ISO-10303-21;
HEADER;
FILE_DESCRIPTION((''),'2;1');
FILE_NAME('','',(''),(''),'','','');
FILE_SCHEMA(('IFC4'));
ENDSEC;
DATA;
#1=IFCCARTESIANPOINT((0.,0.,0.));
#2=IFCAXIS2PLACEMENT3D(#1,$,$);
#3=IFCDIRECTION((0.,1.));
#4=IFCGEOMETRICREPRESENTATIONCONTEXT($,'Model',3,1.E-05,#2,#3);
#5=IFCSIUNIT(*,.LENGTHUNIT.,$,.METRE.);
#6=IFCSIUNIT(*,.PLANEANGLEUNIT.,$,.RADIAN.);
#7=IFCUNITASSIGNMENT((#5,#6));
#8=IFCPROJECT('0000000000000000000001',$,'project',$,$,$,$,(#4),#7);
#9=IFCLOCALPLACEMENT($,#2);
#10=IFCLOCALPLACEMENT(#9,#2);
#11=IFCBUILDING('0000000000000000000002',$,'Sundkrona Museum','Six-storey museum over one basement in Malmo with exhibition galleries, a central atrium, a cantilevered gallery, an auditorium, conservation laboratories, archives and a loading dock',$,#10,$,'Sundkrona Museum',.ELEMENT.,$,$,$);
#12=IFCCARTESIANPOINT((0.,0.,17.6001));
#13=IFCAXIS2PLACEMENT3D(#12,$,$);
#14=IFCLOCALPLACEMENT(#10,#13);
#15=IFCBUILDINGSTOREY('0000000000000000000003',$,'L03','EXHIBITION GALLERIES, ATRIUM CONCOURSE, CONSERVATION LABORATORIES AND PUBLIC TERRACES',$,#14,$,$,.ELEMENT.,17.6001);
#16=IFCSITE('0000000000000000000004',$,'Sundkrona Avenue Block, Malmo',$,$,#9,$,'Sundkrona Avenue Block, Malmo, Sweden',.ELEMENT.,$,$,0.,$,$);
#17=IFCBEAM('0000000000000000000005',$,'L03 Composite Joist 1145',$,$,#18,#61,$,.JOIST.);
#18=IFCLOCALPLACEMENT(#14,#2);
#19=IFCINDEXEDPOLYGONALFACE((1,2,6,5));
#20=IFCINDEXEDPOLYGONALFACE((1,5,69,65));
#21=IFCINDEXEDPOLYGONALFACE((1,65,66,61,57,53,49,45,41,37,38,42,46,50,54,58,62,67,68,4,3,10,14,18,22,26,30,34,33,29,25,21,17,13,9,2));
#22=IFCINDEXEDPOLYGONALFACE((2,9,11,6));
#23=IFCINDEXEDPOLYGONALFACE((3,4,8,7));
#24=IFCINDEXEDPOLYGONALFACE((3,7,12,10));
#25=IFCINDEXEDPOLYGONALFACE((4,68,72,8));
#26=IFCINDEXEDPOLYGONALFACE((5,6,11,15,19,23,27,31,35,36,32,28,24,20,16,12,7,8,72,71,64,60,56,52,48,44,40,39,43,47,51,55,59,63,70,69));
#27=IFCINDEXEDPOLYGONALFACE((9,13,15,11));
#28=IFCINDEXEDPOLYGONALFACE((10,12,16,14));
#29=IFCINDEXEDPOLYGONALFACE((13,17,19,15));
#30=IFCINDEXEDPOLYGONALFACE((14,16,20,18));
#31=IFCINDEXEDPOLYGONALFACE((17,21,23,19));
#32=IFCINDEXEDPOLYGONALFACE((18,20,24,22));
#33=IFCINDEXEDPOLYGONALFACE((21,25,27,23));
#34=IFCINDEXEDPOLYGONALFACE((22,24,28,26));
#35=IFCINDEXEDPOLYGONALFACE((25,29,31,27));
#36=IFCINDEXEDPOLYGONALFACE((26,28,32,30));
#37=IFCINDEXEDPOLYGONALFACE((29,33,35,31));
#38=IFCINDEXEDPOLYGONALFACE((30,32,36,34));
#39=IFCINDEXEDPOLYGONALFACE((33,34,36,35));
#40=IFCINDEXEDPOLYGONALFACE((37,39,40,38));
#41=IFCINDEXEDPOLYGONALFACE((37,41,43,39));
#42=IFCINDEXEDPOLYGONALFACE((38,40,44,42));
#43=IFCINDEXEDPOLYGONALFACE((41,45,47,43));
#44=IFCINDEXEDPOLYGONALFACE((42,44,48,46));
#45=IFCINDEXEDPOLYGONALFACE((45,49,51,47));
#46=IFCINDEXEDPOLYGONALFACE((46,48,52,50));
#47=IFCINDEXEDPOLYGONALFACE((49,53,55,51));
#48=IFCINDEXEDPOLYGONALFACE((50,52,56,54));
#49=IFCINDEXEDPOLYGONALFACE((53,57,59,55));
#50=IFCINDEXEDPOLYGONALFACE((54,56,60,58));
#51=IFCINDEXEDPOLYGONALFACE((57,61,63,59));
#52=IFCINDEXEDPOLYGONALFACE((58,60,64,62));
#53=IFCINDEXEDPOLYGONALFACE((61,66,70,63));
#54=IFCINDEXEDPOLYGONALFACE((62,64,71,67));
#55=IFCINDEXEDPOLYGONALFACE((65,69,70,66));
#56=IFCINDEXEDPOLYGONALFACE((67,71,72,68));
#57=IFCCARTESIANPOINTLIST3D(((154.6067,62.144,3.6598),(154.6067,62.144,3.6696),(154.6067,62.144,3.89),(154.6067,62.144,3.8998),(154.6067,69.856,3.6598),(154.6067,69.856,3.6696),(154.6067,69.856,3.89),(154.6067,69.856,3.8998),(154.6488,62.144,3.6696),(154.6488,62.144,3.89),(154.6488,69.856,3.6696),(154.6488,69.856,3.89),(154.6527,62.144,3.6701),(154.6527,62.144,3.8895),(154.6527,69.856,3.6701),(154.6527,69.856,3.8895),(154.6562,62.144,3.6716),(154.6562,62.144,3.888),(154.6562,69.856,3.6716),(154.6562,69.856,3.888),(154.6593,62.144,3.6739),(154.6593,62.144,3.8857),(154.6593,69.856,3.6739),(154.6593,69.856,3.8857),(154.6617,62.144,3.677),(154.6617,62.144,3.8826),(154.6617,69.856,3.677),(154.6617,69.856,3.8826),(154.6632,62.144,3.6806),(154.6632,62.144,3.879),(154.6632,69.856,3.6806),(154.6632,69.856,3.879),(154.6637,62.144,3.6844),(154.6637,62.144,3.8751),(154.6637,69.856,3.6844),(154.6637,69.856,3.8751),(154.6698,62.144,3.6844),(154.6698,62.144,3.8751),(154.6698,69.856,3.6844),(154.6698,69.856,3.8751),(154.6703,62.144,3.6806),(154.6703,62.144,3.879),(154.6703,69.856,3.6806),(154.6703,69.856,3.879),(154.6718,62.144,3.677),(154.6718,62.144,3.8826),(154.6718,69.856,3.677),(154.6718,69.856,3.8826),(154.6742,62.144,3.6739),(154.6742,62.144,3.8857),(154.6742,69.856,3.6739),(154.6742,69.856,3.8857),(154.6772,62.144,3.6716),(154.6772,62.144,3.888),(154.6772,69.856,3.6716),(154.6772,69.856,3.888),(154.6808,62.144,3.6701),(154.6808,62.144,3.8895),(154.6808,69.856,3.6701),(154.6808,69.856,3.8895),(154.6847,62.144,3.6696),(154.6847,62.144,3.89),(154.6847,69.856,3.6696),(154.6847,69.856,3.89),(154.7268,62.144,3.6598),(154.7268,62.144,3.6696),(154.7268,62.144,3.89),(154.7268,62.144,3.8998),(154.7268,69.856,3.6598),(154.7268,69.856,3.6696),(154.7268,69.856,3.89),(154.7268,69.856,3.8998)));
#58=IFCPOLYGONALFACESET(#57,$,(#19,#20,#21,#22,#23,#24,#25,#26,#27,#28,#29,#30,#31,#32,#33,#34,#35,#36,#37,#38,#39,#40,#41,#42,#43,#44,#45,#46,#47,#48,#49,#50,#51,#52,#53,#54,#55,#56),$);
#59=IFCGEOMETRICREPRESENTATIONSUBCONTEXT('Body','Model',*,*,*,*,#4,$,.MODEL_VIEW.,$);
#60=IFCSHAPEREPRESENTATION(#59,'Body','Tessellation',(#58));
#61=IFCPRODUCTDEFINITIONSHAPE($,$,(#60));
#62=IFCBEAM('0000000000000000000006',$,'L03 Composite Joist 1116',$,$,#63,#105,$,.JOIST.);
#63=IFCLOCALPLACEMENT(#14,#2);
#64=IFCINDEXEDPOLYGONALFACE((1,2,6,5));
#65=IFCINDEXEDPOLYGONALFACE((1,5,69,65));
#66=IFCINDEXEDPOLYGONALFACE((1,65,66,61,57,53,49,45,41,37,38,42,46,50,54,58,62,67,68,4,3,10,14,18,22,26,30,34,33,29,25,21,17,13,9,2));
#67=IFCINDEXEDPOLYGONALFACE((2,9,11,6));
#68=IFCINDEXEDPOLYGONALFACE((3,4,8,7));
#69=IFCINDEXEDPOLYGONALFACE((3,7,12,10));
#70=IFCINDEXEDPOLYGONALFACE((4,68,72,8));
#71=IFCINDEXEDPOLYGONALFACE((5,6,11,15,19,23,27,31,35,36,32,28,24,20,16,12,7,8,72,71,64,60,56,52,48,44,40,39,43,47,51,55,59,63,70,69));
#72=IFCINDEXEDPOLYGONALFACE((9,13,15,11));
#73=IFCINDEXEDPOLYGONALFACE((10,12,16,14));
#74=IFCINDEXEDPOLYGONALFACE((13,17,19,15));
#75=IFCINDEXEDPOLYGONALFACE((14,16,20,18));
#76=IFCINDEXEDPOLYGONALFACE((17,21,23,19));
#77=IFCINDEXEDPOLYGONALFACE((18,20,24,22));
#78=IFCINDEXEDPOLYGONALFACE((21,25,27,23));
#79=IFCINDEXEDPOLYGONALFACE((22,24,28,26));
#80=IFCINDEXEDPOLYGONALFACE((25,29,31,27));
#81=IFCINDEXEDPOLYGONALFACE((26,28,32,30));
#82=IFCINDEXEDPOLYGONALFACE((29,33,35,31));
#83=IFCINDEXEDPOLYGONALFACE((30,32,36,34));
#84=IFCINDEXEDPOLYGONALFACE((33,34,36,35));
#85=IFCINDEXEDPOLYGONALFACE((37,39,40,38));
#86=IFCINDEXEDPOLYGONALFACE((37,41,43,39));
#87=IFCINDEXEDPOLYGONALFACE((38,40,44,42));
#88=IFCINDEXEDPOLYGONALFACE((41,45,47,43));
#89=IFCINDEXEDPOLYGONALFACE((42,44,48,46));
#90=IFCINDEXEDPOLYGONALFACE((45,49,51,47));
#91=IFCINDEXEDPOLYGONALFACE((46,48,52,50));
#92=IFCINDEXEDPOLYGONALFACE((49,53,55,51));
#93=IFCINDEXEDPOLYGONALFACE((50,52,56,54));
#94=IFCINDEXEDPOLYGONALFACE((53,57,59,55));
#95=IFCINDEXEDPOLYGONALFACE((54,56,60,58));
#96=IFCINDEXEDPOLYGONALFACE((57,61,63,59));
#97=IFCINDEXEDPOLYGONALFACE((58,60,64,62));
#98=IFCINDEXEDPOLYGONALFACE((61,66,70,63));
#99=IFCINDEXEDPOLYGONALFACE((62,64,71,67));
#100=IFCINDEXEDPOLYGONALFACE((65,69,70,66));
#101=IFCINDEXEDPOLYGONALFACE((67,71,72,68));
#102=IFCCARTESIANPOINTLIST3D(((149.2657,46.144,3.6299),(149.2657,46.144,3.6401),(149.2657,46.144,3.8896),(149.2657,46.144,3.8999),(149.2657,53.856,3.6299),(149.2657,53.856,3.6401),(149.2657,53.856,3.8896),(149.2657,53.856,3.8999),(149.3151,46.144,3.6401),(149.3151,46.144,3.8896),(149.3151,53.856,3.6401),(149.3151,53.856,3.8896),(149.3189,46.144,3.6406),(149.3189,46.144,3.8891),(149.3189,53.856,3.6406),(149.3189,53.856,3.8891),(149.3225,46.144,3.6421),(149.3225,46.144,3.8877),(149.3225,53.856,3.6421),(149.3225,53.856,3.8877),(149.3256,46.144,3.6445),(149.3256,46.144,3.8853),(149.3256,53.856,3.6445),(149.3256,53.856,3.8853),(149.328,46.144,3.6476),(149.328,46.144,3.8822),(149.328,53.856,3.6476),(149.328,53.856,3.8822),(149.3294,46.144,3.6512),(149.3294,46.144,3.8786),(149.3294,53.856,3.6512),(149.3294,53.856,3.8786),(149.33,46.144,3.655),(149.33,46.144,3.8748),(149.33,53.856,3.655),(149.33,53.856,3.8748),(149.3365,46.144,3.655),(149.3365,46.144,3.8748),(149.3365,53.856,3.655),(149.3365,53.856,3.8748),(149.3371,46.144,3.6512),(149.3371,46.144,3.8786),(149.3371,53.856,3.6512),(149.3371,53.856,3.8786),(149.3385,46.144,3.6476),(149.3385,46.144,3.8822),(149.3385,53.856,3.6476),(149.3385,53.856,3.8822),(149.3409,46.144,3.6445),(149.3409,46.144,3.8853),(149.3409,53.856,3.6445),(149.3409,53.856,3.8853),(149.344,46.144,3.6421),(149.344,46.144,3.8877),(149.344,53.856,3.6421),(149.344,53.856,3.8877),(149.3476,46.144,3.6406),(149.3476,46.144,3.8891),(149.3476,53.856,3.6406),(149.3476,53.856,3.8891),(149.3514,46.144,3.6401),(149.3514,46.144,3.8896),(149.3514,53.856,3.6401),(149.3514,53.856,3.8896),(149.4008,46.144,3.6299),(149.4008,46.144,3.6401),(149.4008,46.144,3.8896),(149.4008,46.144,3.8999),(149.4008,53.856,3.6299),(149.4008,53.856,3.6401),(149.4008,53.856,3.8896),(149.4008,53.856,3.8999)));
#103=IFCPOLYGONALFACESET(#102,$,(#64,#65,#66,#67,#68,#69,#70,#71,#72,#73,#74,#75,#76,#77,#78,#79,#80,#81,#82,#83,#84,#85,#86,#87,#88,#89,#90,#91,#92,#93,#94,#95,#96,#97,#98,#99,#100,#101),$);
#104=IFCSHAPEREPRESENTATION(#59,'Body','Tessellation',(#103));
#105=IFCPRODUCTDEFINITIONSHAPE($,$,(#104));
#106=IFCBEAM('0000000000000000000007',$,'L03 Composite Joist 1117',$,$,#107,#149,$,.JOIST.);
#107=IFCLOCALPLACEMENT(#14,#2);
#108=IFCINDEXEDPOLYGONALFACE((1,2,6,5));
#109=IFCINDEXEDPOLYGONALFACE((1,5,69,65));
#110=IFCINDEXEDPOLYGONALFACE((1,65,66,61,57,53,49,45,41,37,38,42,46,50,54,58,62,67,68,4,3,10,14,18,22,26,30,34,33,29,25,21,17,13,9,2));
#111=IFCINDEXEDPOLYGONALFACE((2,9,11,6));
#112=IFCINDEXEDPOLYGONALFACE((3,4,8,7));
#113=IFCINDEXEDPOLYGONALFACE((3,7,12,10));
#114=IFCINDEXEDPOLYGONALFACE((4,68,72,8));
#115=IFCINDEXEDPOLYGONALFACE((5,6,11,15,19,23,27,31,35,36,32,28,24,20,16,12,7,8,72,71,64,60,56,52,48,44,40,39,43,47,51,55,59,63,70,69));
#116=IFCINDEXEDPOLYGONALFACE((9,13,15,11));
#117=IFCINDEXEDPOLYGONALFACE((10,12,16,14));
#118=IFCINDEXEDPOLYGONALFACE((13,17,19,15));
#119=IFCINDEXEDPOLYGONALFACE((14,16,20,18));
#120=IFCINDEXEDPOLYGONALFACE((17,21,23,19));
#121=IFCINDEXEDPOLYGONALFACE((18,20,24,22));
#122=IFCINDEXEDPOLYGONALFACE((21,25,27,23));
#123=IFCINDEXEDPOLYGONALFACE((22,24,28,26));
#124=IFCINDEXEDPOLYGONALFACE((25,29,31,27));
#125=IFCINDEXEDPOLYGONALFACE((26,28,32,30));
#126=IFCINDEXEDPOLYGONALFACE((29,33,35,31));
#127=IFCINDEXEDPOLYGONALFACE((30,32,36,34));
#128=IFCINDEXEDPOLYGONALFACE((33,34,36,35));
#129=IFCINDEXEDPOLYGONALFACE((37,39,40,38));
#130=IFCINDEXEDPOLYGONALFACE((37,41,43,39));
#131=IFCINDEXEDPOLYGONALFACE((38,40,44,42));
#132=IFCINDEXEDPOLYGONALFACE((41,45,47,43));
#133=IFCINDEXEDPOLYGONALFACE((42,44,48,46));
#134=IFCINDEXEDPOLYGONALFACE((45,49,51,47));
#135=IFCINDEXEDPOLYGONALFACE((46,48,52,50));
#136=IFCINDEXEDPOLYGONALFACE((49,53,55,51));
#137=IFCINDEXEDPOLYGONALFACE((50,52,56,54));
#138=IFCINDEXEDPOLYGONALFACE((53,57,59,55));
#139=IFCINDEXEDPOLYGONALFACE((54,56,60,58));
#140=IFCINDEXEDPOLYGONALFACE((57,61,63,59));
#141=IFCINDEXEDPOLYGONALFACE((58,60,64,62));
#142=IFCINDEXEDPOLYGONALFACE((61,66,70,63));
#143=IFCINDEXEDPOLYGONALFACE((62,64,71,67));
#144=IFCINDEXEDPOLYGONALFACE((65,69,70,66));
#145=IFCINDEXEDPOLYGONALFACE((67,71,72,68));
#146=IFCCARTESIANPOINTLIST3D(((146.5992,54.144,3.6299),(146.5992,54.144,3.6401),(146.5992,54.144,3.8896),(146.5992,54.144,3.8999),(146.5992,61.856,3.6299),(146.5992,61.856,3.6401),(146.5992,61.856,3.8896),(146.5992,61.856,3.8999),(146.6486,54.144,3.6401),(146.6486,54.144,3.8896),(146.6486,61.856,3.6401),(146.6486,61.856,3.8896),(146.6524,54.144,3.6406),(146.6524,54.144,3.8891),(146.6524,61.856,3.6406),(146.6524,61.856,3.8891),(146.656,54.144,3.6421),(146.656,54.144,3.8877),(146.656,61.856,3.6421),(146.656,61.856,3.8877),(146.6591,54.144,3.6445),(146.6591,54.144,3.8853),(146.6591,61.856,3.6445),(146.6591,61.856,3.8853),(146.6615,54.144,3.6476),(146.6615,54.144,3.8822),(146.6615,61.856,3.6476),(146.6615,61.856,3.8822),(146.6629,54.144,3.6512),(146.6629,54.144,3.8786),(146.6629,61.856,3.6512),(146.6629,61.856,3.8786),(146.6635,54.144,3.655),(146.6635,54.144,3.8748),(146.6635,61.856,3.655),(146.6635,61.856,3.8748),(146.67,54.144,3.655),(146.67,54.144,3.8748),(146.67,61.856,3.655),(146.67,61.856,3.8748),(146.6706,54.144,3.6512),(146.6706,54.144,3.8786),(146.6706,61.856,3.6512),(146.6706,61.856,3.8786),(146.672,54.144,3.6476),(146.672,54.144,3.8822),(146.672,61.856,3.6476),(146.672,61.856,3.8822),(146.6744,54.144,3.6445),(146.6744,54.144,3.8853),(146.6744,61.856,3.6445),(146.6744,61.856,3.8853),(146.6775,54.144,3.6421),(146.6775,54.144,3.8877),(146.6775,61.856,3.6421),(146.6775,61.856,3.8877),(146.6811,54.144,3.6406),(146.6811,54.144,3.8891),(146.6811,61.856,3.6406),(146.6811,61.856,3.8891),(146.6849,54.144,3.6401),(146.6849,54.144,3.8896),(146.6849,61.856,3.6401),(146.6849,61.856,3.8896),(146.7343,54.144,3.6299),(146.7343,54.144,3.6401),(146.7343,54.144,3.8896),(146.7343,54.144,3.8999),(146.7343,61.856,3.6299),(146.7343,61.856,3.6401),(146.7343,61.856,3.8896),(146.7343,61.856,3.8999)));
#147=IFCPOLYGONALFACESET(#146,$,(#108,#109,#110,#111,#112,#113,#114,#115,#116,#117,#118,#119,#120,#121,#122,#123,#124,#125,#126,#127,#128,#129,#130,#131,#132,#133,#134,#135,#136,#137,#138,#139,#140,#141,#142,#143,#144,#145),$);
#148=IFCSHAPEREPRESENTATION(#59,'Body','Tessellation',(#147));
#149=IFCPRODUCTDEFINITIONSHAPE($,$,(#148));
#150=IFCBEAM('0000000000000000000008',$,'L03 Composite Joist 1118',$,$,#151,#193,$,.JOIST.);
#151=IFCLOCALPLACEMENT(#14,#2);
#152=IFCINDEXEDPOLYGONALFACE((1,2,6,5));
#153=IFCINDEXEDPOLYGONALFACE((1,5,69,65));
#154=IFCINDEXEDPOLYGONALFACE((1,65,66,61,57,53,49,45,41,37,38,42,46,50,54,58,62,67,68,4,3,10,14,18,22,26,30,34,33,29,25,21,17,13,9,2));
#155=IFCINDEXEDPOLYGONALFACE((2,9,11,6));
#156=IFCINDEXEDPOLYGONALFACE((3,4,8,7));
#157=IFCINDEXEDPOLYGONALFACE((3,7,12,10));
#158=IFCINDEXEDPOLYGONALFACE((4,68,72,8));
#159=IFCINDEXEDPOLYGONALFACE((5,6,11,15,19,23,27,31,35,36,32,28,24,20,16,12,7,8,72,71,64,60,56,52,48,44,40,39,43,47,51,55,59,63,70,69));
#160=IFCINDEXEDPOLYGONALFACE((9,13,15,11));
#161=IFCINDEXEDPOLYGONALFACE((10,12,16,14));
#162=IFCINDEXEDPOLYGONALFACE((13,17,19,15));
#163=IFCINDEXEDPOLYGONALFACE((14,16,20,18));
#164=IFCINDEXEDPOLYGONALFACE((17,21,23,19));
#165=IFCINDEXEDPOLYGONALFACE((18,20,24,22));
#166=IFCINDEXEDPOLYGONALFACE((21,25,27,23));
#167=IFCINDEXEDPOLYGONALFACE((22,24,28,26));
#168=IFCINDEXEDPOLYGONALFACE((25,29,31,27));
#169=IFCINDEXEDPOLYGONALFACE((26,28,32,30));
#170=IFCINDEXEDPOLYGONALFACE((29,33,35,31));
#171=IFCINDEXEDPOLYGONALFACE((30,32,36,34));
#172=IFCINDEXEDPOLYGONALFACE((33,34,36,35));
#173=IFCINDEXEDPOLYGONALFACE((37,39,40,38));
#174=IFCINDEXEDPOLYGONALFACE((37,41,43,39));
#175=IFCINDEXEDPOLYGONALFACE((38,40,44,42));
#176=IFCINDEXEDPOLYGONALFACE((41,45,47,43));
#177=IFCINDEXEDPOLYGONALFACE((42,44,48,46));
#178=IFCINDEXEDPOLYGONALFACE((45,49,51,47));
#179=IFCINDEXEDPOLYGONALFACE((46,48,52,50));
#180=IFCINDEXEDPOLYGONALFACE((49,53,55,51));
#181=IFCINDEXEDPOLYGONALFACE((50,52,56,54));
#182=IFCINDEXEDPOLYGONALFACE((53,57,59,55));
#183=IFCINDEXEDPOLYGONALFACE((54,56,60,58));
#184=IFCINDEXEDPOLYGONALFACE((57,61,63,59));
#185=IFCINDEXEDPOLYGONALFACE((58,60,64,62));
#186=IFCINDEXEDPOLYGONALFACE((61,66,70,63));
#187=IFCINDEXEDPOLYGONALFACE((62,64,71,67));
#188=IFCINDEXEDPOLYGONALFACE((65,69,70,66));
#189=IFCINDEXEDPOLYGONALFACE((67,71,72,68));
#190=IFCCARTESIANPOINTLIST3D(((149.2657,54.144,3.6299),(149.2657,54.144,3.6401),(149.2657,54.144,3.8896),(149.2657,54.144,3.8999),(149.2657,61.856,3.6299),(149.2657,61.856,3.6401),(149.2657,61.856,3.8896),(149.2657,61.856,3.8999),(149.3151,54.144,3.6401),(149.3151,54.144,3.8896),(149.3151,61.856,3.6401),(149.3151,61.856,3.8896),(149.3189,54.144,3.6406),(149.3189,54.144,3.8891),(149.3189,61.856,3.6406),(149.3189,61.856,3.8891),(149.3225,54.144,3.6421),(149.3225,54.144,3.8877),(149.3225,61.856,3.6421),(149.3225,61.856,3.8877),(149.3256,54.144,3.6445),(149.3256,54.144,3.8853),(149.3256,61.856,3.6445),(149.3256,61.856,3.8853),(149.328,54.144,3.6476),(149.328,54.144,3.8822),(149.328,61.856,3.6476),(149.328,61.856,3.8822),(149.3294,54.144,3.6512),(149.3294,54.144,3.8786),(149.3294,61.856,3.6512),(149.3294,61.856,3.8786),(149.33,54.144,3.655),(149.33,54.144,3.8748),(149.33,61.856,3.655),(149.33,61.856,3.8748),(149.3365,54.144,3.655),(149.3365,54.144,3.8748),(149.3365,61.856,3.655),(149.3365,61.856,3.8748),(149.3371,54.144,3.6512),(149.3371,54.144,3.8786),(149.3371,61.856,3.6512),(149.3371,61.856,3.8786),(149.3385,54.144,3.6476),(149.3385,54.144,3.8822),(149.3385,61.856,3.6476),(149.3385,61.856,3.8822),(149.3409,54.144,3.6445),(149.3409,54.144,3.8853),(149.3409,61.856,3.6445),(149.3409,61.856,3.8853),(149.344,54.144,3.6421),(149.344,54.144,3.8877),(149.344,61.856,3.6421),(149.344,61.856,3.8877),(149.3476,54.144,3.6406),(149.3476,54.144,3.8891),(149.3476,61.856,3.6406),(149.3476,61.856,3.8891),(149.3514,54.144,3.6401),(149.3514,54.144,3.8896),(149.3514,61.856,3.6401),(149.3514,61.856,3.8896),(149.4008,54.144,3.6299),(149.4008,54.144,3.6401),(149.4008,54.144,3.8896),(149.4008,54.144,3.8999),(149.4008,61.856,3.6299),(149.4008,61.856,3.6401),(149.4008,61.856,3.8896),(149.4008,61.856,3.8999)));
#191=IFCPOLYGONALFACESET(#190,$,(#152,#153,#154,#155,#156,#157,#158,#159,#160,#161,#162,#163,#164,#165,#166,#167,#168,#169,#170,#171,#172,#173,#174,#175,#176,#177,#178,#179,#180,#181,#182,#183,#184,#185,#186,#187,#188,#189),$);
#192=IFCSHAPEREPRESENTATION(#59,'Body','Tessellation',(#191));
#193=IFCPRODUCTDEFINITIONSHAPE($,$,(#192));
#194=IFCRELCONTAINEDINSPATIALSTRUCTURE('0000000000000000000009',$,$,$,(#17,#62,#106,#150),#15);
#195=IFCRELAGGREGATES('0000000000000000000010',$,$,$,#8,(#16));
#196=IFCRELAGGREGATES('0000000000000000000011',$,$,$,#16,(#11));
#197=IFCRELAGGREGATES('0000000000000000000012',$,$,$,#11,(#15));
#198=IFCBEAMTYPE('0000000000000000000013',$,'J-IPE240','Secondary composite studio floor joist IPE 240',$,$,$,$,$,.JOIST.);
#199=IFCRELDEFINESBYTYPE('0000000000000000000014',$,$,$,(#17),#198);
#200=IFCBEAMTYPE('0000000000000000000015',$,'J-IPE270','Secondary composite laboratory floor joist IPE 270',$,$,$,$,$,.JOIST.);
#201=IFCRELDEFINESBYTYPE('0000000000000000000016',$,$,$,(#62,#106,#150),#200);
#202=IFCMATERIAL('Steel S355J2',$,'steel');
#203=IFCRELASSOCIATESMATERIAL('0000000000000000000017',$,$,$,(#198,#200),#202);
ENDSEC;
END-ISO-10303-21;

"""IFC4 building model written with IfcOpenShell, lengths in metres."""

from ifc_helpers import new_model, si_unit, direction, frame, origin, origin_2d, place, context, subcontext, project, spatial, i_section, extrude, material, material_profile, profile_set, type_object, element, save


model = new_model("IFC4")

# Units and contexts
model_context = context("Model", 3, precision=1e-05, world=origin(), true_north=direction((0.0, 1.0)))
body_context = subcontext(model_context, "Body", "Model", "MODEL_VIEW")
ifc_project = project(units=[si_unit("LENGTHUNIT", "METRE"), si_unit("PLANEANGLEUNIT", "RADIAN")], contexts=[model_context])

# Site, building, storey
site_placement = place(None, origin())
site = spatial("IfcSite", under=ifc_project, at=site_placement, Name="Sundkrona Avenue Block, Malmo", LongName="Sundkrona Avenue Block, Malmo, Sweden", CompositionType="ELEMENT", RefElevation=0.0)
building_placement = place(site_placement, origin())
building = spatial("IfcBuilding", under=site, at=building_placement, Name="Sundkrona Museum", Description="Six-storey museum over one basement in Malmo with exhibition galleries, a central atrium, a cantilevered gallery, an auditorium, conservation laboratories, archives and a loading dock", LongName="Sundkrona Museum", CompositionType="ELEMENT")
storey_placement = place(building_placement, frame((0.0, 0.0, 17.6001)))
storey = spatial("IfcBuildingStorey", under=building, at=storey_placement, Name="L03", Description="EXHIBITION GALLERIES, ATRIUM CONCOURSE, CONSERVATION LABORATORIES AND PUBLIC TERRACES", CompositionType="ELEMENT", Elevation=17.6001)

# Shared definitions
ifc_material_1 = material(Name="Steel S355J2", Category="steel")

# Beams
ifc_material_profile_1 = material_profile(ifc_material_1, i_section(OverallWidth=0.1201, OverallDepth=0.24, WebThickness=0.0061, FlangeThickness=0.0098, FilletRadius=0.0149, at=origin_2d()), Name="IPE 240")
ifc_profile_set_1 = profile_set([ifc_material_profile_1], Name="Steel S355J2")
beam_type_1 = type_object("IfcBeamType", Name="J-IPE240", Description="Secondary composite studio floor joist IPE 240", PredefinedType="JOIST", material=ifc_profile_set_1)
beam_1_placement = place(storey_placement, frame((154.6667, 62.144, 3.7798), z_axis=(0.0, 1.0, 0.0), x_axis=(-1.0, 0.0, 0.0)))
element("IfcBeam", 1, at=beam_1_placement, inside=storey, type_object=beam_type_1, Name="L03 Composite Joist 1145", PredefinedType="JOIST", context=body_context, shape_type="SweptSolid", body=[
    extrude(i_section(OverallWidth=0.1201, OverallDepth=0.24, WebThickness=0.0061, FlangeThickness=0.0098, FilletRadius=0.0149, at=origin_2d()), origin(), (0.0, 0.0, 1.0), 7.7119),
])
ifc_material_profile_2 = material_profile(ifc_material_1, i_section(OverallWidth=0.135, OverallDepth=0.27, WebThickness=0.0066, FlangeThickness=0.0103, FilletRadius=0.0149, at=origin_2d()), Name="IPE 270")
ifc_profile_set_2 = profile_set([ifc_material_profile_2], Name="Steel S355J2")
beam_type_2 = type_object("IfcBeamType", Name="J-IPE270", Description="Secondary composite laboratory floor joist IPE 270", PredefinedType="JOIST", material=ifc_profile_set_2)
for number, where, z_axis, x_axis, name in (
    (2, (149.3333, 46.144, 3.7649), (0.0, 1.0, 0.0), (-1.0, 0.0, 0.0), "L03 Composite Joist 1116"),
    (3, (146.6667, 54.144, 3.7649), (0.0, 1.0, 0.0), (-1.0, 0.0, 0.0), "L03 Composite Joist 1117"),
    (4, (149.3333, 54.144, 3.7649), (0.0, 1.0, 0.0), (-1.0, 0.0, 0.0), "L03 Composite Joist 1118"),
):
    element("IfcBeam", number, at=place(storey_placement, frame(where, z_axis=z_axis, x_axis=x_axis)), inside=storey, type_object=beam_type_2, Name=name, PredefinedType="JOIST", context=body_context, shape_type="SweptSolid", body=[
        extrude(i_section(OverallWidth=0.135, OverallDepth=0.27, WebThickness=0.0066, FlangeThickness=0.0103, FilletRadius=0.0149, at=origin_2d()), origin(), (0.0, 0.0, 1.0), 7.7119),
    ])

save(model, "model.ifc")
